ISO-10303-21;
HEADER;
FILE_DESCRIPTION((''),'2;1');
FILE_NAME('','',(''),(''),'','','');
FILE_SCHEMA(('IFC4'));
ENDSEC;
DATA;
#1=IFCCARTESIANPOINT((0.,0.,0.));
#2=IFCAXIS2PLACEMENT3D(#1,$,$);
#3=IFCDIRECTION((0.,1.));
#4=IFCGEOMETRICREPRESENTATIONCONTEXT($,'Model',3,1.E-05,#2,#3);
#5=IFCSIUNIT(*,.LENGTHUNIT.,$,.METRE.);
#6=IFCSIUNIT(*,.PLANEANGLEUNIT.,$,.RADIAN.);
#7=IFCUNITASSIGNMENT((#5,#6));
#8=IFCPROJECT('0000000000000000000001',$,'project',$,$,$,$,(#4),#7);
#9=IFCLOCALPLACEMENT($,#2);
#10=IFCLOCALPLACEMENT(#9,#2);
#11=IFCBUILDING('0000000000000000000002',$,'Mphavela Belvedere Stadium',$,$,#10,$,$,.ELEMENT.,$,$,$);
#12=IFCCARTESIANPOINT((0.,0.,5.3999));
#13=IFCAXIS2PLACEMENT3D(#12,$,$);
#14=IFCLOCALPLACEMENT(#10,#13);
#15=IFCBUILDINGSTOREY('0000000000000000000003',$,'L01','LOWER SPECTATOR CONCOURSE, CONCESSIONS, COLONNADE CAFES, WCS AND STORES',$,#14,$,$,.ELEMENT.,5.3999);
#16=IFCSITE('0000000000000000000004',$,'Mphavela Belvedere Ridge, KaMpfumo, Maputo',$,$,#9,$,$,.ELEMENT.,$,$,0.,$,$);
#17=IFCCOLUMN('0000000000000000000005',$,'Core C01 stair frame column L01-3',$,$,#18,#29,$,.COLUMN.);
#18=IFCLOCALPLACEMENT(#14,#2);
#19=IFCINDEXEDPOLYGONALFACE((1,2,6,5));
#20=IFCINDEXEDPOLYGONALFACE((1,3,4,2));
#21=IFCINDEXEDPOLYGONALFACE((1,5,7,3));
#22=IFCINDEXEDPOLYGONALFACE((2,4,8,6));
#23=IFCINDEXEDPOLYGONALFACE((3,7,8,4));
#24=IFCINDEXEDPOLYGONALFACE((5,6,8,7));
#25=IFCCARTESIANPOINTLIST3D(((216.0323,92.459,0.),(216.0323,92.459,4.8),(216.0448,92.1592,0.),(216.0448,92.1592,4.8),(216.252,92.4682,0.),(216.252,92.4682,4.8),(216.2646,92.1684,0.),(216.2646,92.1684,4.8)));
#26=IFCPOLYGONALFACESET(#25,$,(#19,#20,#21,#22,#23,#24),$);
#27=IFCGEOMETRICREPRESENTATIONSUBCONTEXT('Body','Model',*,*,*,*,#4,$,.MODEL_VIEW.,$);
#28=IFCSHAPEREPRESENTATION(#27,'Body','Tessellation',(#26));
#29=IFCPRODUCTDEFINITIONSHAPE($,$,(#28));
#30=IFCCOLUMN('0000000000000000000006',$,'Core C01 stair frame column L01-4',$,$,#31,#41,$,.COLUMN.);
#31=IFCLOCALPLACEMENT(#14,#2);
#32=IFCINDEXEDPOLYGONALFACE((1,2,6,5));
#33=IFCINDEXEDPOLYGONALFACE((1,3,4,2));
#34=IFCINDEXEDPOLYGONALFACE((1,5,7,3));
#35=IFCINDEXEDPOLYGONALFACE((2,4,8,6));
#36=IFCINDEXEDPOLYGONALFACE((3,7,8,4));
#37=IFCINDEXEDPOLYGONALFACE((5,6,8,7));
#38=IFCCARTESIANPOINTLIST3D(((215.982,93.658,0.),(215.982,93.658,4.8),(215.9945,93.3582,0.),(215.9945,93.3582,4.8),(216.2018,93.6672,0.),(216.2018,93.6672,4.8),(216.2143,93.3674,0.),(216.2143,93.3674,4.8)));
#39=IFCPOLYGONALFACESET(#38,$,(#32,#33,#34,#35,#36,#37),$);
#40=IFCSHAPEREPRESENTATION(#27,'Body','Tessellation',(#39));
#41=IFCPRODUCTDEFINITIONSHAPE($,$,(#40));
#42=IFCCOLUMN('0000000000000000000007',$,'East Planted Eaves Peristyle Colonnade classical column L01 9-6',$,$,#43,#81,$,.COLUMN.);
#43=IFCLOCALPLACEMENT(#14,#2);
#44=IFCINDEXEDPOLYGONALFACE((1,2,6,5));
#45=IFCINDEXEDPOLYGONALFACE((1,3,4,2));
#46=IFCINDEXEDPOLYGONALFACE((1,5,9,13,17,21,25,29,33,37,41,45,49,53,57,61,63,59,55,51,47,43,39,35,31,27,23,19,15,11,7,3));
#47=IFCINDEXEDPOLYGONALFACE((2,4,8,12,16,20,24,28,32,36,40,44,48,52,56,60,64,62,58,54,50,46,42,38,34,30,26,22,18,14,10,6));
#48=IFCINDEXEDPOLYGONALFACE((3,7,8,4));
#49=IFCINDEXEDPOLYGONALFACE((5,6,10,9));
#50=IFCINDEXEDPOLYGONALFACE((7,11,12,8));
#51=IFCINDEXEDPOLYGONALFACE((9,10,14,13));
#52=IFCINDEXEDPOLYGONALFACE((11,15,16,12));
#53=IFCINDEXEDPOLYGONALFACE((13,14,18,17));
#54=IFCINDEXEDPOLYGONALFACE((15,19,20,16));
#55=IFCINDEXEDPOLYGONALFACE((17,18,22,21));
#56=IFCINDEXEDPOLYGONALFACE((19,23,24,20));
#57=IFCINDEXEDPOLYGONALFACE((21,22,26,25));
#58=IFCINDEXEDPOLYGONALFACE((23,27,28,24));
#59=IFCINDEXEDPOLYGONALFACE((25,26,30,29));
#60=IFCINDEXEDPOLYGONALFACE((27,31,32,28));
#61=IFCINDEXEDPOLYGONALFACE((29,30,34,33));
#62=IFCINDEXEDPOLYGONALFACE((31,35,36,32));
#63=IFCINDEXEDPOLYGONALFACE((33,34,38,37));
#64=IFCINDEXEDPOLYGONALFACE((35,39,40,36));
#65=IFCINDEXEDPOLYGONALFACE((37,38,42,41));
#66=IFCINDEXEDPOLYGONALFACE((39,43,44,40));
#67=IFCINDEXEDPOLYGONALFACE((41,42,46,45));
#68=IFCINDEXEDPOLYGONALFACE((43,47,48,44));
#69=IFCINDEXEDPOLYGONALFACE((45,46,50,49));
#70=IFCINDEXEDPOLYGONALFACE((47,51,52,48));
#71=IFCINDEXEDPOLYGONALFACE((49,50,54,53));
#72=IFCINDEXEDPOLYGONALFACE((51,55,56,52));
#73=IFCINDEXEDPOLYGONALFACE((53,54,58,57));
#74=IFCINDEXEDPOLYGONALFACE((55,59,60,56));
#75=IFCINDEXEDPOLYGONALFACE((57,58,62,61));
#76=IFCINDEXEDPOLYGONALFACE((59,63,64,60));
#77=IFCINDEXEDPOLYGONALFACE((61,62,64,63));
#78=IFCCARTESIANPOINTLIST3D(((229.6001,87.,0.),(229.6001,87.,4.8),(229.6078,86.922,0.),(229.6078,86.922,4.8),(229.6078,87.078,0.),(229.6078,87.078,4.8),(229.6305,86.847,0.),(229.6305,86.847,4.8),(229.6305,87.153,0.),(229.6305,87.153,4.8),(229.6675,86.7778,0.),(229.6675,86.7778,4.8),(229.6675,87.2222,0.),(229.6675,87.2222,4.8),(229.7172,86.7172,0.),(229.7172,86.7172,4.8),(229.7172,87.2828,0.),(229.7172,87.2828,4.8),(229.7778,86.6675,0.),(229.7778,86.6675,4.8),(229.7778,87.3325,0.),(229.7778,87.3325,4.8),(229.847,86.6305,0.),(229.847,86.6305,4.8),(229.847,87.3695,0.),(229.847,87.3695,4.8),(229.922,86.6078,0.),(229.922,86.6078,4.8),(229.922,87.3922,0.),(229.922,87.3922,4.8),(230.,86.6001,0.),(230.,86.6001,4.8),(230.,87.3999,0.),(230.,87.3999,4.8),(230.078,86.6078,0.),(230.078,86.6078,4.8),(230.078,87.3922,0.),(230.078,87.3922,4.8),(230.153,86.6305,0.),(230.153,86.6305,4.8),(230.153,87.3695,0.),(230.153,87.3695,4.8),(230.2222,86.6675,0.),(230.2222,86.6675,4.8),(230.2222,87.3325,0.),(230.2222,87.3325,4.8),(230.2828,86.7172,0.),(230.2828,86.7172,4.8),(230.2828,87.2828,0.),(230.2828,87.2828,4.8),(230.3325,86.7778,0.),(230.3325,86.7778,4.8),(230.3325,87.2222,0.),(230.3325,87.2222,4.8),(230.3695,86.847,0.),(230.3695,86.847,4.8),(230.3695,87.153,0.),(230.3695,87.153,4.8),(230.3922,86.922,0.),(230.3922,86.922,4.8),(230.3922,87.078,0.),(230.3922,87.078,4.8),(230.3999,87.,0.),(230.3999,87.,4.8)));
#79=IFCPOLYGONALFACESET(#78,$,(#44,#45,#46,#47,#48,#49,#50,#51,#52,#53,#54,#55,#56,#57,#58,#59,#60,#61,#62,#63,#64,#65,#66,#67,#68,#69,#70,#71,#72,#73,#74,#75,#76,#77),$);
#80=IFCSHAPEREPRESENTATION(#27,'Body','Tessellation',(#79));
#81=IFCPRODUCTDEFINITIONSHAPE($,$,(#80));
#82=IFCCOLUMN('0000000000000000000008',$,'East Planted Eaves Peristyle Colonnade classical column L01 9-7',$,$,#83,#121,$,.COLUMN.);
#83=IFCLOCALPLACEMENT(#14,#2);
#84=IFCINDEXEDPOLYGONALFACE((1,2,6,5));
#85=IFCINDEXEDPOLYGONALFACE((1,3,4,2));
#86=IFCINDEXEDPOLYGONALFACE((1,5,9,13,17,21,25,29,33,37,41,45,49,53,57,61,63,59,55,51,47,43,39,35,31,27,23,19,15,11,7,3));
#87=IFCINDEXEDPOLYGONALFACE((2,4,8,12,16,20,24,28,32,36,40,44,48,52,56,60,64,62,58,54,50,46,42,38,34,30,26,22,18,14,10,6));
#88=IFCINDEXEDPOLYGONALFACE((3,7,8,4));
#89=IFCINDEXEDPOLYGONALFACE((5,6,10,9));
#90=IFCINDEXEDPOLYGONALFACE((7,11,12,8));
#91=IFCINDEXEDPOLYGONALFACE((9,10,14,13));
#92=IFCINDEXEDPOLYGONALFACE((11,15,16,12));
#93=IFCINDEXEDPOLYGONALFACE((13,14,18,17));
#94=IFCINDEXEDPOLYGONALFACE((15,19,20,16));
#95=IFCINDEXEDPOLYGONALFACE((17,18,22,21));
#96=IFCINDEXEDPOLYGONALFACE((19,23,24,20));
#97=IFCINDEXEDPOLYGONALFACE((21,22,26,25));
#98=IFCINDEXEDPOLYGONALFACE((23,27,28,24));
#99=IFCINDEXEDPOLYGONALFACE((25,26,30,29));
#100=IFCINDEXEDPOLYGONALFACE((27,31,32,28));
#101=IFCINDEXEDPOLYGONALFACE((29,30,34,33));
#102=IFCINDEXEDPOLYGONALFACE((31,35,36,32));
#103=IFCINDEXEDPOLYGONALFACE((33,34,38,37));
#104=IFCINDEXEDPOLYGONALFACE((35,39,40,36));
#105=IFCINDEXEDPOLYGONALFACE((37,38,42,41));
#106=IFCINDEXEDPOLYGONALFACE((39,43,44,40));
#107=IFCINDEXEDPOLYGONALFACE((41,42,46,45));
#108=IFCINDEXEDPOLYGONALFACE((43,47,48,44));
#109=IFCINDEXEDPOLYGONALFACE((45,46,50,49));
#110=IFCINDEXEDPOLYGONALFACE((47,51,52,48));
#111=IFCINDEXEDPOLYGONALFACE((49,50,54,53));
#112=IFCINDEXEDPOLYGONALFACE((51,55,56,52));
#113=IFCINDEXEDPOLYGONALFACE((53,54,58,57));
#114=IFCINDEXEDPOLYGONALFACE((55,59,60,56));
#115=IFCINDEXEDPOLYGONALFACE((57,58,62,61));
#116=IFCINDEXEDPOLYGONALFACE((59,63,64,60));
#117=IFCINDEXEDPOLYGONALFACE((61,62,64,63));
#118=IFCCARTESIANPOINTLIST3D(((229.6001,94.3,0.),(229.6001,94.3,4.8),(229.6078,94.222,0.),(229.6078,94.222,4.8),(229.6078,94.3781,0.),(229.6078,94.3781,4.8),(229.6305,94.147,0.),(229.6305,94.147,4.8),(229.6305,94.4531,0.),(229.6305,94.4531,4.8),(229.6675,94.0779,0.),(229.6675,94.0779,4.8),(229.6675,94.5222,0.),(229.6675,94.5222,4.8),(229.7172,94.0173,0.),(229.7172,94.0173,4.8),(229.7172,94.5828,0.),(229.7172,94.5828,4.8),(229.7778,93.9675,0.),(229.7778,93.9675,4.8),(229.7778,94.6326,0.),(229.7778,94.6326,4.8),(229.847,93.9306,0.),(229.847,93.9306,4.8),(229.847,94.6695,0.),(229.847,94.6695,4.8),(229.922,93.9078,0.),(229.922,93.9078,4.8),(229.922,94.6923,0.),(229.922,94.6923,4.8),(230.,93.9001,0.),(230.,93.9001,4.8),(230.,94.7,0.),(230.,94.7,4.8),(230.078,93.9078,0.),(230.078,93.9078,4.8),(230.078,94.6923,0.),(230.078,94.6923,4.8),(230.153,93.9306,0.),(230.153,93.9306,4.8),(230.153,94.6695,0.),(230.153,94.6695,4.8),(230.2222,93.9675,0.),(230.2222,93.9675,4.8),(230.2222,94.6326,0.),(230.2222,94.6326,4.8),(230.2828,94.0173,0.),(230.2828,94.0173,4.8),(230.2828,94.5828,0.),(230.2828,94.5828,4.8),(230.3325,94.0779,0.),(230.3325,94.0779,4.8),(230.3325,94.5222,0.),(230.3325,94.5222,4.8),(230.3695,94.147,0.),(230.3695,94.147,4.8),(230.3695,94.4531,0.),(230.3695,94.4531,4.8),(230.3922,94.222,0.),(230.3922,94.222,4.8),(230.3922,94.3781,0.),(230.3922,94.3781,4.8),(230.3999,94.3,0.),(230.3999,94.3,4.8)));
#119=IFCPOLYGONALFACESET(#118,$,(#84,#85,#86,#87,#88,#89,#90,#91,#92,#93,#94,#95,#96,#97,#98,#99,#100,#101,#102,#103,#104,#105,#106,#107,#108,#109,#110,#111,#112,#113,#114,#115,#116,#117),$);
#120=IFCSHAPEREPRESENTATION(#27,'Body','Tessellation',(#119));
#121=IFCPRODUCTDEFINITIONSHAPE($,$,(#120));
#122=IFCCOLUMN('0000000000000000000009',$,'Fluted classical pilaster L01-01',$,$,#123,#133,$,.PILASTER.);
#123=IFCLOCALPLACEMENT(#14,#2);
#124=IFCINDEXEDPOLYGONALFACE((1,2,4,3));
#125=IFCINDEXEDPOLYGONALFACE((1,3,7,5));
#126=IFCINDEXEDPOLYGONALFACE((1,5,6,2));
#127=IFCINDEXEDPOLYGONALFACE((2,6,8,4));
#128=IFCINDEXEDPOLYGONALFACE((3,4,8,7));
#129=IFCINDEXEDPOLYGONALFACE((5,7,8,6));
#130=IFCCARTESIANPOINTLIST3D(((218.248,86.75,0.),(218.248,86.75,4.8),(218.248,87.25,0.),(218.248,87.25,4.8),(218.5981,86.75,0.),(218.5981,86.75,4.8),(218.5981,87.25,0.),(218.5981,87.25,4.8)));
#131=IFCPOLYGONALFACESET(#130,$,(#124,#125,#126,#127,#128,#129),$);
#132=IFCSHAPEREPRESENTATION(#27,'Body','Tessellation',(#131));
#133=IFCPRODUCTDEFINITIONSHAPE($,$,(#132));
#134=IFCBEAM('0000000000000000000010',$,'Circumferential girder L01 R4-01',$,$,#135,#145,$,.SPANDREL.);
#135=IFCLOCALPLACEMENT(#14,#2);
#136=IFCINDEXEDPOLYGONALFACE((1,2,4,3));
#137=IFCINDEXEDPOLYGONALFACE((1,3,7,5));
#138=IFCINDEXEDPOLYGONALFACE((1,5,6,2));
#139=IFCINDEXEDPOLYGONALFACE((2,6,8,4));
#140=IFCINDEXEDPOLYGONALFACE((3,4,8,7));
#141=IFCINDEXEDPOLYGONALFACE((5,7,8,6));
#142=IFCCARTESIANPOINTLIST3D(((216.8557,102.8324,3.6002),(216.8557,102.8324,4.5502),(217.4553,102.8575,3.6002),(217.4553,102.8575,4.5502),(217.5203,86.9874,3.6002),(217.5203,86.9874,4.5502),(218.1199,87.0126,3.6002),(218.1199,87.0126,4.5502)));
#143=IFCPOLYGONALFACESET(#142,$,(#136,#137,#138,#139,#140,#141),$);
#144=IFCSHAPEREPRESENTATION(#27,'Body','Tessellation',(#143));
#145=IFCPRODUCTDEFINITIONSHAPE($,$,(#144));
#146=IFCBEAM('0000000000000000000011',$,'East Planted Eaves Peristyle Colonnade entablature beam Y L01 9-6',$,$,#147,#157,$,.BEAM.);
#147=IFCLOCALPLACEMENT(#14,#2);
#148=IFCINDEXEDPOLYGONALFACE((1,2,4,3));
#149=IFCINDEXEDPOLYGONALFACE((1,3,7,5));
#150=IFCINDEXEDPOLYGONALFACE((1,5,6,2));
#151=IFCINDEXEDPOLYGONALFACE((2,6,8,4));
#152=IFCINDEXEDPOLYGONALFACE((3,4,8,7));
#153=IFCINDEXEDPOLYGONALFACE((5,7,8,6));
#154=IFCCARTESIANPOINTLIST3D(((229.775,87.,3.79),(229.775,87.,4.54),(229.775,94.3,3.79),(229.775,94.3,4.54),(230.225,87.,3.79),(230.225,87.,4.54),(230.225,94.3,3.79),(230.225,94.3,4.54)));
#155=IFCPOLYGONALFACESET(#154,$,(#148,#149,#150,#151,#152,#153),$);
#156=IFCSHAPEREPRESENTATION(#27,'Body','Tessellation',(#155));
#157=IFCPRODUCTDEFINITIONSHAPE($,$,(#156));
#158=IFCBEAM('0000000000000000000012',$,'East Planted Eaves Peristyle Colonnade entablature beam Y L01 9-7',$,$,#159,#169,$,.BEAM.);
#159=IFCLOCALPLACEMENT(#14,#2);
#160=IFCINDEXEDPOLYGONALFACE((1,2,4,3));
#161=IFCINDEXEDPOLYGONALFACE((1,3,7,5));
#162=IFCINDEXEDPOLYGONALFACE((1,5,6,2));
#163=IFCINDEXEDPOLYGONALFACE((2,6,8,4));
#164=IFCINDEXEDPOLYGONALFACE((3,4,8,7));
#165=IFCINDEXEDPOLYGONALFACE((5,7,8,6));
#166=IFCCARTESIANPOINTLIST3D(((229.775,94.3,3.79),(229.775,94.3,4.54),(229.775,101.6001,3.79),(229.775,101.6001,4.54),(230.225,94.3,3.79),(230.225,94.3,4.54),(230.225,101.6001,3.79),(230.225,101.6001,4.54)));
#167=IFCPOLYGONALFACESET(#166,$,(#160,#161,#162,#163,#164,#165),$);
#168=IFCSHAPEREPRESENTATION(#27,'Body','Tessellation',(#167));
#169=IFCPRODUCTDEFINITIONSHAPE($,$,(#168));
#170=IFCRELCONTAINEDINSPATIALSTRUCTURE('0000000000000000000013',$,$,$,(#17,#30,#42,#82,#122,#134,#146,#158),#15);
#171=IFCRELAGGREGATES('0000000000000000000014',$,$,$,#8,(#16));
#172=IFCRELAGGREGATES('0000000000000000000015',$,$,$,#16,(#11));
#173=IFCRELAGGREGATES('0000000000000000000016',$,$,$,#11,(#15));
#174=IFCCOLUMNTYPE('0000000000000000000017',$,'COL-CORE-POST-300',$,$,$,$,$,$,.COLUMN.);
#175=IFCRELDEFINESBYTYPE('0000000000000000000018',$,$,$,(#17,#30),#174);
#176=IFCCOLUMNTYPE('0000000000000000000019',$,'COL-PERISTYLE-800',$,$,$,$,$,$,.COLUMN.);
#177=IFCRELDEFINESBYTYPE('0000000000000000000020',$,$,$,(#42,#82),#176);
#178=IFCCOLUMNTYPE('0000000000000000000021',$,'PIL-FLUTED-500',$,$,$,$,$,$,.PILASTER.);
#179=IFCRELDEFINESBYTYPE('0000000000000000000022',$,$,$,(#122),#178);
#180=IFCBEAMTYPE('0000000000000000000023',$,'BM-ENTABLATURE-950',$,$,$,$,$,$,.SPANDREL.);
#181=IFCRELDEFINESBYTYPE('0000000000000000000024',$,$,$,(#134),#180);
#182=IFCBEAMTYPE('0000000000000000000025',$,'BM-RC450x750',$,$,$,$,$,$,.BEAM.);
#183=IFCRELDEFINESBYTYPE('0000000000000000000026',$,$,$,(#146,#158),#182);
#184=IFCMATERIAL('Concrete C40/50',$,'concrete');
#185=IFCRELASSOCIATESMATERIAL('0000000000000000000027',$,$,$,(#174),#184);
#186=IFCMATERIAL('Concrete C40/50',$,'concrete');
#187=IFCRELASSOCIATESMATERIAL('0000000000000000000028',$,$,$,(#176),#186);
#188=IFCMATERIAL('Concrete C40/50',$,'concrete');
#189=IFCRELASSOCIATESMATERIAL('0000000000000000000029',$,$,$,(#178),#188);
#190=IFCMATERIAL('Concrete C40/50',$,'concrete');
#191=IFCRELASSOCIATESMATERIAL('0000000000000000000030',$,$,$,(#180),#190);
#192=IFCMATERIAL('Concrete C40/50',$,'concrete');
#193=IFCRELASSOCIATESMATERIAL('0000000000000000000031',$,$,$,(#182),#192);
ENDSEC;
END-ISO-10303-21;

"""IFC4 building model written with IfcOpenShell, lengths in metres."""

from ifc_helpers import new_model, si_unit, direction, frame, origin, origin_2d, place, context, subcontext, project, spatial, rectangle, circle, extrude, material, material_profile, profile_set, type_object, element, save


model = new_model("IFC4")

# Units and contexts
model_context = context("Model", 3, precision=1e-05, world=origin(), true_north=direction((0.0, 1.0)))
body_context = subcontext(model_context, "Body", "Model", "MODEL_VIEW")
ifc_project = project(units=[si_unit("LENGTHUNIT", "METRE"), si_unit("PLANEANGLEUNIT", "RADIAN")], contexts=[model_context])

# Site, building, storey
site_placement = place(None, origin())
site = spatial("IfcSite", under=ifc_project, at=site_placement, Name="Mphavela Belvedere Ridge, KaMpfumo, Maputo", CompositionType="ELEMENT", RefElevation=0.0)
building_placement = place(site_placement, origin())
building = spatial("IfcBuilding", under=site, at=building_placement, Name="Mphavela Belvedere Stadium", CompositionType="ELEMENT")
storey_placement = place(building_placement, frame((0.0, 0.0, 5.3999)))
storey = spatial("IfcBuildingStorey", under=building, at=storey_placement, Name="L01", Description="LOWER SPECTATOR CONCOURSE, CONCESSIONS, COLONNADE CAFES, WCS AND STORES", CompositionType="ELEMENT", Elevation=5.3999)

# Columns
ifc_material_1 = material(Name="Concrete C40/50", Category="concrete")
ifc_material_profile_1 = material_profile(ifc_material_1, rectangle(XDim=0.3, YDim=0.22, at=origin_2d()), Name="RC 300x220")
ifc_profile_set_1 = profile_set([ifc_material_profile_1], Name="Concrete C40/50")
column_type_1 = type_object("IfcColumnType", Name="COL-CORE-POST-300", PredefinedType="COLUMN", material=ifc_profile_set_1)
for number, where, z_axis, x_axis, name in (
    (1, (216.1484, 92.3137, 0.0), (0.0, 0.0, 1.0), (0.041876, -0.999123, 0.0), "Core C01 stair frame column L01-3"),
    (2, (216.0981, 93.5127, 0.0), (0.0, 0.0, 1.0), (0.041876, -0.999123, 0.0), "Core C01 stair frame column L01-4"),
):
    element("IfcColumn", number, at=place(storey_placement, frame(where, z_axis=z_axis, x_axis=x_axis)), inside=storey, type_object=column_type_1, Name=name, PredefinedType="COLUMN", context=body_context, shape_type="SweptSolid", body=[
        extrude(rectangle(XDim=0.3, YDim=0.22, at=origin_2d()), origin(), (0.0, 0.0, 1.0), 4.8),
    ])
ifc_material_2 = material(Name="Concrete C40/50", Category="concrete")
ifc_material_profile_2 = material_profile(ifc_material_2, circle(Radius=0.3999, at=origin_2d()), Name="COL D800")
ifc_profile_set_2 = profile_set([ifc_material_profile_2], Name="Concrete C40/50")
column_type_2 = type_object("IfcColumnType", Name="COL-PERISTYLE-800", PredefinedType="COLUMN", material=ifc_profile_set_2)
for number, where, z_axis, x_axis, name in (
    (3, (230.0, 87.0, 0.0), (0.0, 0.0, 1.0), (1.0, 0.0, 0.0), "East Planted Eaves Peristyle Colonnade classical column L01 9-6"),
    (4, (230.0, 94.3, 0.0), (0.0, 0.0, 1.0), (1.0, 0.0, 0.0), "East Planted Eaves Peristyle Colonnade classical column L01 9-7"),
):
    element("IfcColumn", number, at=place(storey_placement, frame(where, z_axis=z_axis, x_axis=x_axis)), inside=storey, type_object=column_type_2, Name=name, PredefinedType="COLUMN", context=body_context, shape_type="SweptSolid", body=[
        extrude(circle(Radius=0.3999, at=origin_2d()), origin(), (0.0, 0.0, 1.0), 4.8),
    ])
ifc_material_3 = material(Name="Concrete C40/50", Category="concrete")
ifc_material_profile_3 = material_profile(ifc_material_3, rectangle(XDim=0.5, YDim=0.3501, at=origin_2d()), Name="PIL 500x350")
ifc_profile_set_3 = profile_set([ifc_material_profile_3], Name="Concrete C40/50")
column_type_3 = type_object("IfcColumnType", Name="PIL-FLUTED-500", PredefinedType="PILASTER", material=ifc_profile_set_3)
column_placement = place(storey_placement, frame((218.4231, 87.0, 0.0), z_axis=(0.0, 0.0, 1.0), x_axis=(0.0, 1.0, 0.0)))
element("IfcColumn", 5, at=column_placement, inside=storey, type_object=column_type_3, Name="Fluted classical pilaster L01-01", PredefinedType="PILASTER", context=body_context, shape_type="SweptSolid", body=[
    extrude(rectangle(XDim=0.5, YDim=0.3501, at=origin_2d()), origin(), (0.0, 0.0, 1.0), 4.8),
])

# Beams
ifc_material_4 = material(Name="Concrete C40/50", Category="concrete")
ifc_material_profile_4 = material_profile(ifc_material_4, rectangle(XDim=0.6001, YDim=0.95, at=origin_2d()), Name="RC 600x950")
ifc_profile_set_4 = profile_set([ifc_material_profile_4], Name="Concrete C40/50")
beam_type_1 = type_object("IfcBeamType", Name="BM-ENTABLATURE-950", PredefinedType="SPANDREL", material=ifc_profile_set_4)
beam_placement = place(storey_placement, frame((217.8201, 87.0, 4.0752), z_axis=(-0.041904, 0.999122, 0.0), x_axis=(-0.999122, -0.041904, 0.0)))
element("IfcBeam", 6, at=beam_placement, inside=storey, type_object=beam_type_1, Name="Circumferential girder L01 R4-01", PredefinedType="SPANDREL", context=body_context, shape_type="SweptSolid", body=[
    extrude(rectangle(XDim=0.6001, YDim=0.95, at=origin_2d()), origin(), (0.0, 0.0, 1.0), 15.8589),
])
ifc_material_5 = material(Name="Concrete C40/50", Category="concrete")
ifc_material_profile_5 = material_profile(ifc_material_5, rectangle(XDim=0.45, YDim=0.75, at=origin_2d()), Name="RC 450x750")
ifc_profile_set_5 = profile_set([ifc_material_profile_5], Name="Concrete C40/50")
beam_type_2 = type_object("IfcBeamType", Name="BM-RC450x750", PredefinedType="BEAM", material=ifc_profile_set_5)
for number, where, z_axis, x_axis, name in (
    (7, (230.0, 87.0, 4.165), (0.0, 1.0, 0.0), (-1.0, 0.0, 0.0), "East Planted Eaves Peristyle Colonnade entablature beam Y L01 9-6"),
    (8, (230.0, 94.3, 4.165), (0.0, 1.0, 0.0), (-1.0, 0.0, 0.0), "East Planted Eaves Peristyle Colonnade entablature beam Y L01 9-7"),
):
    element("IfcBeam", number, at=place(storey_placement, frame(where, z_axis=z_axis, x_axis=x_axis)), inside=storey, type_object=beam_type_2, Name=name, PredefinedType="BEAM", context=body_context, shape_type="SweptSolid", body=[
        extrude(rectangle(XDim=0.45, YDim=0.75, at=origin_2d()), origin(), (0.0, 0.0, 1.0), 7.3),
    ])

save(model, "model.ifc")
